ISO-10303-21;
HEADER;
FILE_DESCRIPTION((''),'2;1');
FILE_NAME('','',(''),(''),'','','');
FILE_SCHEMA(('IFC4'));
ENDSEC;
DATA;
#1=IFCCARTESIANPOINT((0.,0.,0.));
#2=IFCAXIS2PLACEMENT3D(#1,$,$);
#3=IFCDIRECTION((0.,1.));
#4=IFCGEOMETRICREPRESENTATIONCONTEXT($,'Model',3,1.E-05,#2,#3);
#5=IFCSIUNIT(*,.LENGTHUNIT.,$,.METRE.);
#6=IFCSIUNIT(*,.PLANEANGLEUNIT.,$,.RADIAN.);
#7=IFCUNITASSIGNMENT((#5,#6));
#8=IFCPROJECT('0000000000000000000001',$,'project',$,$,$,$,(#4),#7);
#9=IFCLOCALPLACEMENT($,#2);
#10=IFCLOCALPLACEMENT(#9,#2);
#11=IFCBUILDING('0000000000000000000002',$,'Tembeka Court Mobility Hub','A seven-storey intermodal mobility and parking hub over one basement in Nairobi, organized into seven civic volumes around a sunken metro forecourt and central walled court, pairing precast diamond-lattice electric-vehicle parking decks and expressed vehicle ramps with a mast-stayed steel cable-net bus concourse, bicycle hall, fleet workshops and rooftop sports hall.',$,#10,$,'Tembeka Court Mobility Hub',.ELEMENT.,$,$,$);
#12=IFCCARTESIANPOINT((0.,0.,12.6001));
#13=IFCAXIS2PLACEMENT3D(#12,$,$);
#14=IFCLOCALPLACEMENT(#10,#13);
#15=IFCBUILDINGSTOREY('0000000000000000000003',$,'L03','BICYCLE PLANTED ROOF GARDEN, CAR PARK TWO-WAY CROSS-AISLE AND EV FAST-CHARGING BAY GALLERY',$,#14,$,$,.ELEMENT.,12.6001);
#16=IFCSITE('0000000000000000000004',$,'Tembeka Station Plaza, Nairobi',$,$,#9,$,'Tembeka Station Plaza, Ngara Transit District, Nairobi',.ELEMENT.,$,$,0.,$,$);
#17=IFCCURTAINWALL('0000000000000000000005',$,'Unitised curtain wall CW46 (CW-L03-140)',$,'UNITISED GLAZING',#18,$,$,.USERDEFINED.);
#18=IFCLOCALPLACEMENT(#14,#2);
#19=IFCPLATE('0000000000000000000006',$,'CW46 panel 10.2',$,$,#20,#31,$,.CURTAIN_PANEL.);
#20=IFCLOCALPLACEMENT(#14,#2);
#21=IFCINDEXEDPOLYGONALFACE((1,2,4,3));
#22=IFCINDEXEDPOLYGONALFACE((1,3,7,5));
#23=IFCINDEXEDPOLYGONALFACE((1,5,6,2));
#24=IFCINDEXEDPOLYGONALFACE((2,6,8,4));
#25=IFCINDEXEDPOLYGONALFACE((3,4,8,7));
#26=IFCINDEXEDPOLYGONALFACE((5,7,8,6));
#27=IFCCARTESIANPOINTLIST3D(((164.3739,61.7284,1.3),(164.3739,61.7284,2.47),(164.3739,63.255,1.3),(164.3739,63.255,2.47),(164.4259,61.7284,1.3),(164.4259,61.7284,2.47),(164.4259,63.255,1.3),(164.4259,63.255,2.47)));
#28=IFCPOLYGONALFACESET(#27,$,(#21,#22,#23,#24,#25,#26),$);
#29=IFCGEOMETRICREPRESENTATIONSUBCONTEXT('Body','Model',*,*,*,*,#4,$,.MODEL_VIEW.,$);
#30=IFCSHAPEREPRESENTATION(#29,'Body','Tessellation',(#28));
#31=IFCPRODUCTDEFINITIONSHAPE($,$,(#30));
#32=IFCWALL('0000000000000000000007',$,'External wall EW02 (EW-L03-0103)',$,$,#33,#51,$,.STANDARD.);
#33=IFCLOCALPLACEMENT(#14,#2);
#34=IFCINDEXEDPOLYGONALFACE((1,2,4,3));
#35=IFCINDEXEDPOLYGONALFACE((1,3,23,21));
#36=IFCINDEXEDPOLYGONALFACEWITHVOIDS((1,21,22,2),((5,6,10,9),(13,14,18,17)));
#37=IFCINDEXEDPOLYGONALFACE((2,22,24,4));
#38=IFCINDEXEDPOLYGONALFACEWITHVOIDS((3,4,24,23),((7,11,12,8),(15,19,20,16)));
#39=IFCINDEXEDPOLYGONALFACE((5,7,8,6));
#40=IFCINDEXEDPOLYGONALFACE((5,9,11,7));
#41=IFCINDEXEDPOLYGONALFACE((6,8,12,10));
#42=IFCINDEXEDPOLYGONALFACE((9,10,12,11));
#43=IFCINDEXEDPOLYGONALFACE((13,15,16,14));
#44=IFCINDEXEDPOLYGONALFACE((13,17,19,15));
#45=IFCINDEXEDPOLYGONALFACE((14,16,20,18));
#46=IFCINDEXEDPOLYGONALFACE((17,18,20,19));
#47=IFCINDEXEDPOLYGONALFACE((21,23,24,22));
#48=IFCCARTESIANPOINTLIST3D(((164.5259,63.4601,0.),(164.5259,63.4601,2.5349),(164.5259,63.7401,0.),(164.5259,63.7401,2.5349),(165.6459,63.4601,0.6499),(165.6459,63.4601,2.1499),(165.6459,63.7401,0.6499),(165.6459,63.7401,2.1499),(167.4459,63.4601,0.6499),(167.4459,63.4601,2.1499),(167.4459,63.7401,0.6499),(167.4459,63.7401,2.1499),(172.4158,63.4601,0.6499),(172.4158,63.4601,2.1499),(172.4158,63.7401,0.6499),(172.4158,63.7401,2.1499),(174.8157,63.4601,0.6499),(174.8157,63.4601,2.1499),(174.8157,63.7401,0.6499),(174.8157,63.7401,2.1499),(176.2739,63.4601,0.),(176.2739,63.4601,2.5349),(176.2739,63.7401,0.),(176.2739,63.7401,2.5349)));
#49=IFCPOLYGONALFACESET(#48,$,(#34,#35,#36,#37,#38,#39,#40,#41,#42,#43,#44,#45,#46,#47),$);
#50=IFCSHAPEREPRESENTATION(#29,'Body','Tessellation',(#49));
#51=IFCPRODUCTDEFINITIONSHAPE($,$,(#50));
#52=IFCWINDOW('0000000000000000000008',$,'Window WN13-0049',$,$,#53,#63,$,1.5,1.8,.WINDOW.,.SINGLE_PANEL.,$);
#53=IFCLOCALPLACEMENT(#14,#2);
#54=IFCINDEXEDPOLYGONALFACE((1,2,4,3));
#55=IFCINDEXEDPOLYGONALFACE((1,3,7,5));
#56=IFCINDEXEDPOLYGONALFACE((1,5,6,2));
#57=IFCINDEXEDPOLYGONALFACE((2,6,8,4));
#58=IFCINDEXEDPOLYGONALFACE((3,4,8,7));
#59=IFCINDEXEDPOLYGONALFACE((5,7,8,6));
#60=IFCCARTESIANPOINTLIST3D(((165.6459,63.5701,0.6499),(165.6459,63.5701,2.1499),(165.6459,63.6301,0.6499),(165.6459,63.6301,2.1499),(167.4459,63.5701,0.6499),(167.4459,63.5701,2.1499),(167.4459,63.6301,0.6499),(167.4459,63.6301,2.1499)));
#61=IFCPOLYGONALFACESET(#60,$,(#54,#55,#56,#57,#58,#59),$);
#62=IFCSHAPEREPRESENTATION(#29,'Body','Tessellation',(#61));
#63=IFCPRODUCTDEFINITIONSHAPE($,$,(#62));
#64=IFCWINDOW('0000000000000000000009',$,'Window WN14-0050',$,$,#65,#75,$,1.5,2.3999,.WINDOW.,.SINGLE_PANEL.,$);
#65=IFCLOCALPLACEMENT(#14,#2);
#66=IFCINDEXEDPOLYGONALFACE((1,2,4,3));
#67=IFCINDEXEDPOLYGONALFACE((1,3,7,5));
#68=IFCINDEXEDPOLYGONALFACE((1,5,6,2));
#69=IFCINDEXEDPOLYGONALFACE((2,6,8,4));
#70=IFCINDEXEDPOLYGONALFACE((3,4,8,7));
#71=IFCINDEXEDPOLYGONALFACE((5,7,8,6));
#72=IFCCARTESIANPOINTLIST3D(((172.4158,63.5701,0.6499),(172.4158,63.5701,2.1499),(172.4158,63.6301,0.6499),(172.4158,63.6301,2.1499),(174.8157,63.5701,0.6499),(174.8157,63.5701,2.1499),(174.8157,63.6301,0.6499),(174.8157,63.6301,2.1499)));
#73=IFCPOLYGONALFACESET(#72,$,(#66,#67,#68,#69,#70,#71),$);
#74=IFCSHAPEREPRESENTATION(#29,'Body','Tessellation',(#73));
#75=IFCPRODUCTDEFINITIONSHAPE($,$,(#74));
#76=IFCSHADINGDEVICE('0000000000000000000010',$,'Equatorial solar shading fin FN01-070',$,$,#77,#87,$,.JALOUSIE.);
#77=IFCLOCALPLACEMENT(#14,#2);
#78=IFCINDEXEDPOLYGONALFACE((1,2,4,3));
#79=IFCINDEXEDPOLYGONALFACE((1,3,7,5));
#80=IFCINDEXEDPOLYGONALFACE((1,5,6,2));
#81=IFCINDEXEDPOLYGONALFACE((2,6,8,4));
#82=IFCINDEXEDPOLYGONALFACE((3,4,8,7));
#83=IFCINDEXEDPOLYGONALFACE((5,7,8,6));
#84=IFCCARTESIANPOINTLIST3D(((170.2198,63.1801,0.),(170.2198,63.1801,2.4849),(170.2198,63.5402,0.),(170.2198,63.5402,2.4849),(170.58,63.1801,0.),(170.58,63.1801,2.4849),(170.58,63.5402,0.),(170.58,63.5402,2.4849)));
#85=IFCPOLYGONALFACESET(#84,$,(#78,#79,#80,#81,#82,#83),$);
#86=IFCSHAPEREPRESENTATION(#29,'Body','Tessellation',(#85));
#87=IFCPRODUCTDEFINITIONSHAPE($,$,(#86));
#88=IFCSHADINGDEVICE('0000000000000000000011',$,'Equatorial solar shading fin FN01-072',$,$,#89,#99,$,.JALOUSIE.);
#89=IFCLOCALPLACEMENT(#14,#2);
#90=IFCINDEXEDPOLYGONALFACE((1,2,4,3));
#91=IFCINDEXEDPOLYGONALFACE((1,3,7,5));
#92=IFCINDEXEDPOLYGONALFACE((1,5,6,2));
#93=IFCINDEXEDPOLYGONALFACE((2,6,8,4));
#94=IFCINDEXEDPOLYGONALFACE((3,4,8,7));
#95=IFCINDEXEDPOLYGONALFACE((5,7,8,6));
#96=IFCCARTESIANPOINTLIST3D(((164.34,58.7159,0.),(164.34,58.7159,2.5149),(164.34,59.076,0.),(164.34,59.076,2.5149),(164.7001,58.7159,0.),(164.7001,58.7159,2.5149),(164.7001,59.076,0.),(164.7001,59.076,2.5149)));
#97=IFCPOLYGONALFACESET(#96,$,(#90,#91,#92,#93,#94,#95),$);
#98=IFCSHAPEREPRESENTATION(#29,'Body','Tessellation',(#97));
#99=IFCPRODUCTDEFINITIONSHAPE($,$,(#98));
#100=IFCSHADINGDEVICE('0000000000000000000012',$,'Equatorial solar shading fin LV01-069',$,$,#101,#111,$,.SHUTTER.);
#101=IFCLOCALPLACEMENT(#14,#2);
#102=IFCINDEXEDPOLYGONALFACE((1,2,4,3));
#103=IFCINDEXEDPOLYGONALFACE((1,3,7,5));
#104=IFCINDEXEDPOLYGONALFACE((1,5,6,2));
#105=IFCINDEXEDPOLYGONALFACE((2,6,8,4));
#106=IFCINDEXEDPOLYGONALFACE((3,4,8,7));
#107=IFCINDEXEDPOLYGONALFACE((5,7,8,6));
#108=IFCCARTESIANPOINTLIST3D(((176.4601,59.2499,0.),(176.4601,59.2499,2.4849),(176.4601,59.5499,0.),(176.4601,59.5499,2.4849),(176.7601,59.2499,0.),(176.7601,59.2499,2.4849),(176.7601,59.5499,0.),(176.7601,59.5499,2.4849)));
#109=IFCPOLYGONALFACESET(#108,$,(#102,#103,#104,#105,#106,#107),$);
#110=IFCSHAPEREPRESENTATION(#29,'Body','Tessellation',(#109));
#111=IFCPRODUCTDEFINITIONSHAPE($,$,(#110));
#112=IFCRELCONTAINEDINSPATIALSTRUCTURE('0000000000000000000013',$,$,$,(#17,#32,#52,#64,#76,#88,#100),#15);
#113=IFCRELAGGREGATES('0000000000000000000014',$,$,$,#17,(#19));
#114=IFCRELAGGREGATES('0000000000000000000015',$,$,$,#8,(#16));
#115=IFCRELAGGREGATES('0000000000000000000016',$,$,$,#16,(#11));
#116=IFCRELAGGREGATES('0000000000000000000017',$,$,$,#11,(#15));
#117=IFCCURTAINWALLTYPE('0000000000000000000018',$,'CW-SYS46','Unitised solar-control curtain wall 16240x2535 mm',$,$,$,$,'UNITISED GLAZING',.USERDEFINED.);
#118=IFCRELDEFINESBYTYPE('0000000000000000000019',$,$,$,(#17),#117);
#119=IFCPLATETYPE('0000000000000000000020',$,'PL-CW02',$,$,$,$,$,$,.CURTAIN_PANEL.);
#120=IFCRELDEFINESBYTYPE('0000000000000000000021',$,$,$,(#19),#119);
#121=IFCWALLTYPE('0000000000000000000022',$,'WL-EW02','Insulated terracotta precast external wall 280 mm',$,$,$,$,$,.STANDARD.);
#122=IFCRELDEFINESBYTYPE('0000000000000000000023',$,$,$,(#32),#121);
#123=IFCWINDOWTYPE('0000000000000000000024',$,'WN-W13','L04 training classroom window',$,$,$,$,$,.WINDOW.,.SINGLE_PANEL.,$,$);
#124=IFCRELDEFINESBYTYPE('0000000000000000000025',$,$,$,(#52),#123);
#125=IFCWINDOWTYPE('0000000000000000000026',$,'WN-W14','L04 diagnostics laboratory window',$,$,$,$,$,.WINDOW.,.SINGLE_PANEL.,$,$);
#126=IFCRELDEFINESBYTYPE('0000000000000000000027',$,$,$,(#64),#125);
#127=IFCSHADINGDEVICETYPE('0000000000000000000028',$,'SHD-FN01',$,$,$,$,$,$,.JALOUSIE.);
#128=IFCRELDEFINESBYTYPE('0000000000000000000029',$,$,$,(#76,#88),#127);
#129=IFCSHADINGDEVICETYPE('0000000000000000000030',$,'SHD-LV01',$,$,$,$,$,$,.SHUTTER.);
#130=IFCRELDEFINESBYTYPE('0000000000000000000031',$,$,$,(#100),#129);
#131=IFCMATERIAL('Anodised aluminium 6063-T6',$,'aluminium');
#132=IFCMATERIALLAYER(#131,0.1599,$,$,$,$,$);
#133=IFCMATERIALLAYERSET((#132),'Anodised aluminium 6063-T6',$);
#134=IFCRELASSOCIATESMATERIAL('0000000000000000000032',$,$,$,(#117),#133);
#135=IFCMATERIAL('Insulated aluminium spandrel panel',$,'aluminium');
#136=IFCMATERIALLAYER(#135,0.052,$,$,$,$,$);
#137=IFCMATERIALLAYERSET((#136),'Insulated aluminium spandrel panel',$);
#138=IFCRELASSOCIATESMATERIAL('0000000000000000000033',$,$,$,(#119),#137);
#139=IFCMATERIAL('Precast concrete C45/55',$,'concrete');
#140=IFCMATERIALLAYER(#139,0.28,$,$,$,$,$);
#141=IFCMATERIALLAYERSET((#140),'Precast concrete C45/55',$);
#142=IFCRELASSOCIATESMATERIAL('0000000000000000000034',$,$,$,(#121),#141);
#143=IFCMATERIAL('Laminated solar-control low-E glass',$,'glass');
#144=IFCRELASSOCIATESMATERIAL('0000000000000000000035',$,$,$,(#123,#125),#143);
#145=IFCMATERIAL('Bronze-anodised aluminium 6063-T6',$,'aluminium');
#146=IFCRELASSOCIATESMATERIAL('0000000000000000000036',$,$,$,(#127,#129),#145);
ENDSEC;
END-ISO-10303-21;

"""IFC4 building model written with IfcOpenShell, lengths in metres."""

from ifc_helpers import new_model, si_unit, direction, frame, frame_2d, origin, origin_2d, place, context, subcontext, project, spatial, rectangle, extrude, material, layer, layer_set, material_profile, profile_set, type_object, element, fill, aggregate, save


model = new_model("IFC4")

# Units and contexts
model_context = context("Model", 3, precision=1e-05, world=origin(), true_north=direction((0.0, 1.0)))
body_context = subcontext(model_context, "Body", "Model", "MODEL_VIEW")
ifc_project = project(units=[si_unit("LENGTHUNIT", "METRE"), si_unit("PLANEANGLEUNIT", "RADIAN")], contexts=[model_context])

# Site, building, storey
site_placement = place(None, origin())
site = spatial("IfcSite", under=ifc_project, at=site_placement, Name="Tembeka Station Plaza, Nairobi", LongName="Tembeka Station Plaza, Ngara Transit District, Nairobi", CompositionType="ELEMENT", RefElevation=0.0)
building_placement = place(site_placement, origin())
building = spatial("IfcBuilding", under=site, at=building_placement, Name="Tembeka Court Mobility Hub", Description="A seven-storey intermodal mobility and parking hub over one basement in Nairobi, organized into seven civic volumes around a sunken metro forecourt and central walled court, pairing precast diamond-lattice electric-vehicle parking decks and expressed vehicle ramps with a mast-stayed steel cable-net bus concourse, bicycle hall, fleet workshops and rooftop sports hall.", LongName="Tembeka Court Mobility Hub", CompositionType="ELEMENT")
storey_placement = place(building_placement, frame((0.0, 0.0, 12.6001)))
storey = spatial("IfcBuildingStorey", under=building, at=storey_placement, Name="L03", Description="BICYCLE PLANTED ROOF GARDEN, CAR PARK TWO-WAY CROSS-AISLE AND EV FAST-CHARGING BAY GALLERY", CompositionType="ELEMENT", Elevation=12.6001)

# Curtain wall, plate
ifc_material_1 = material(Name="Anodised aluminium 6063-T6", Category="aluminium")
ifc_layer_1 = layer(ifc_material_1, 0.1599)
ifc_layer_set_1 = layer_set([ifc_layer_1], Name="Anodised aluminium 6063-T6")
curtain_wall_type = type_object("IfcCurtainWallType", Name="CW-SYS46", Description="Unitised solar-control curtain wall 16240x2535 mm", ElementType="UNITISED GLAZING", PredefinedType="USERDEFINED", material=ifc_layer_set_1)
curtain_wall_placement = place(storey_placement, origin())
curtain_wall = element("IfcCurtainWall", 1, at=curtain_wall_placement, inside=storey, type_object=curtain_wall_type, Name="Unitised curtain wall CW46 (CW-L03-140)", ObjectType="UNITISED GLAZING", PredefinedType="USERDEFINED")
ifc_material_2 = material(Name="Insulated aluminium spandrel panel", Category="aluminium")
ifc_layer_2 = layer(ifc_material_2, 0.052)
ifc_layer_set_2 = layer_set([ifc_layer_2], Name="Insulated aluminium spandrel panel")
plate_type = type_object("IfcPlateType", Name="PL-CW02", PredefinedType="CURTAIN_PANEL", material=ifc_layer_set_2)
plate_1_placement = place(storey_placement, frame((164.3999, 62.4917, 1.3), z_axis=(0.0, 0.0, 1.0), x_axis=(0.0, 1.0, 0.0)))
plate_1 = element("IfcPlate", 2, at=plate_1_placement, type_object=plate_type, Name="CW46 panel 10.2", PredefinedType="CURTAIN_PANEL", context=body_context, shape_type="SweptSolid", body=[
    extrude(rectangle(XDim=1.5266, YDim=0.052, at=origin_2d()), origin(), (0.0, 0.0, 1.0), 1.1699),
])
aggregate(curtain_wall, [plate_1])

# Wall, openings, windows
ifc_material_3 = material(Name="Precast concrete C45/55", Category="concrete")
ifc_layer_3 = layer(ifc_material_3, 0.28)
ifc_layer_set_3 = layer_set([ifc_layer_3], Name="Precast concrete C45/55")
wall_type = type_object("IfcWallType", Name="WL-EW02", Description="Insulated terracotta precast external wall 280 mm", PredefinedType="STANDARD", material=ifc_layer_set_3)
wall_placement = place(storey_placement, frame((164.5259, 63.6001, 0.0), z_axis=(0.0, 0.0, 1.0), x_axis=(1.0, 0.0, 0.0)))
wall = element("IfcWall", 3, at=wall_placement, inside=storey, type_object=wall_type, Name="External wall EW02 (EW-L03-0103)", PredefinedType="STANDARD", context=body_context, shape_type="SweptSolid", body=[
    extrude(rectangle(XDim=11.748, YDim=0.28, at=frame_2d((5.874, 0.0))), origin(), (0.0, 0.0, 1.0), 2.5349),
])
opening_1_placement = place(wall_placement, frame((1.1201, 0.0, 0.6499)))
opening_1 = element("IfcOpeningElement", 4, at=opening_1_placement, cuts=wall, PredefinedType="OPENING", context=body_context, shape_type="SweptSolid", body=[
    extrude(rectangle(XDim=1.8, YDim=1.5, at=frame_2d((0.8999, 0.75))), frame((0.0, 0.1499, 0.0), z_axis=(0.0, -1.0, 0.0), x_axis=(1.0, 0.0, 0.0)), (0.0, 0.0, 1.0), 0.3),
])
opening_2_placement = place(wall_placement, frame((7.8899, 0.0, 0.6499)))
opening_2 = element("IfcOpeningElement", 5, at=opening_2_placement, cuts=wall, PredefinedType="OPENING", context=body_context, shape_type="SweptSolid", body=[
    extrude(rectangle(XDim=2.3999, YDim=1.5, at=frame_2d((1.2, 0.75))), frame((0.0, 0.1499, 0.0), z_axis=(0.0, -1.0, 0.0), x_axis=(1.0, 0.0, 0.0)), (0.0, 0.0, 1.0), 0.3),
])
ifc_material_4 = material(Name="Laminated solar-control low-E glass", Category="glass")
window_type_1 = type_object("IfcWindowType", Name="WN-W13", Description="L04 training classroom window", PartitioningType="SINGLE_PANEL", PredefinedType="WINDOW", material=ifc_material_4)
window_1_placement = place(opening_1_placement, origin())
window_1 = element("IfcWindow", 6, at=window_1_placement, inside=storey, type_object=window_type_1, Name="Window WN13-0049", OverallHeight=1.5, OverallWidth=1.8, PartitioningType="SINGLE_PANEL", PredefinedType="WINDOW", context=body_context, shape_type="SweptSolid", body=[
    extrude(rectangle(XDim=1.8, YDim=1.5, at=frame_2d((0.8999, 0.75))), frame((0.0, 0.03, 0.0), z_axis=(0.0, -1.0, 0.0), x_axis=(1.0, 0.0, 0.0)), (0.0, 0.0, 1.0), 0.0601),
])
fill(opening_1, window_1)
window_type_2 = type_object("IfcWindowType", Name="WN-W14", Description="L04 diagnostics laboratory window", PartitioningType="SINGLE_PANEL", PredefinedType="WINDOW", material=ifc_material_4)
window_2_placement = place(opening_2_placement, origin())
window_2 = element("IfcWindow", 7, at=window_2_placement, inside=storey, type_object=window_type_2, Name="Window WN14-0050", OverallHeight=1.5, OverallWidth=2.3999, PartitioningType="SINGLE_PANEL", PredefinedType="WINDOW", context=body_context, shape_type="SweptSolid", body=[
    extrude(rectangle(XDim=2.3999, YDim=1.5, at=frame_2d((1.2, 0.75))), frame((0.0, 0.03, 0.0), z_axis=(0.0, -1.0, 0.0), x_axis=(1.0, 0.0, 0.0)), (0.0, 0.0, 1.0), 0.0601),
])
fill(opening_2, window_2)

# Shading devices
ifc_material_5 = material(Name="Bronze-anodised aluminium 6063-T6", Category="aluminium")
ifc_material_profile_1 = material_profile(ifc_material_5, rectangle(XDim=0.3601, YDim=0.3601, at=origin_2d()), Name="ALU-FIN 360x360")
ifc_profile_set_1 = profile_set([ifc_material_profile_1], Name="Bronze-anodised aluminium 6063-T6")
shading_device_type_1 = type_object("IfcShadingDeviceType", Name="SHD-FN01", PredefinedType="JALOUSIE", material=ifc_profile_set_1)
shading_device_1_placement = place(storey_placement, frame((170.3999, 63.3601, 0.0), z_axis=(0.0, 0.0, 1.0), x_axis=(1.0, 0.0, 0.0)))
element("IfcShadingDevice", 8, at=shading_device_1_placement, inside=storey, type_object=shading_device_type_1, Name="Equatorial solar shading fin FN01-070", PredefinedType="JALOUSIE", context=body_context, shape_type="SweptSolid", body=[
    extrude(rectangle(XDim=0.3601, YDim=0.3601, at=origin_2d()), origin(), (0.0, 0.0, 1.0), 2.4849),
])
shading_device_2_placement = place(storey_placement, frame((164.52, 58.896, 0.0), z_axis=(0.0, 0.0, 1.0), x_axis=(1.0, 0.0, 0.0)))
element("IfcShadingDevice", 9, at=shading_device_2_placement, inside=storey, type_object=shading_device_type_1, Name="Equatorial solar shading fin FN01-072", PredefinedType="JALOUSIE", context=body_context, shape_type="SweptSolid", body=[
    extrude(rectangle(XDim=0.3601, YDim=0.3601, at=origin_2d()), origin(), (0.0, 0.0, 1.0), 2.5149),
])
ifc_material_profile_2 = material_profile(ifc_material_5, rectangle(XDim=0.3, YDim=0.3, at=origin_2d()), Name="ALU-LVR 300x300")
ifc_profile_set_2 = profile_set([ifc_material_profile_2], Name="Bronze-anodised aluminium 6063-T6")
shading_device_type_2 = type_object("IfcShadingDeviceType", Name="SHD-LV01", PredefinedType="SHUTTER", material=ifc_profile_set_2)
shading_device_3_placement = place(storey_placement, frame((176.6101, 59.3999, 0.0), z_axis=(0.0, 0.0, 1.0), x_axis=(1.0, 0.0, 0.0)))
element("IfcShadingDevice", 10, at=shading_device_3_placement, inside=storey, type_object=shading_device_type_2, Name="Equatorial solar shading fin LV01-069", PredefinedType="SHUTTER", context=body_context, shape_type="SweptSolid", body=[
    extrude(rectangle(XDim=0.3, YDim=0.3, at=origin_2d()), origin(), (0.0, 0.0, 1.0), 2.4849),
])

save(model, "model.ifc")
